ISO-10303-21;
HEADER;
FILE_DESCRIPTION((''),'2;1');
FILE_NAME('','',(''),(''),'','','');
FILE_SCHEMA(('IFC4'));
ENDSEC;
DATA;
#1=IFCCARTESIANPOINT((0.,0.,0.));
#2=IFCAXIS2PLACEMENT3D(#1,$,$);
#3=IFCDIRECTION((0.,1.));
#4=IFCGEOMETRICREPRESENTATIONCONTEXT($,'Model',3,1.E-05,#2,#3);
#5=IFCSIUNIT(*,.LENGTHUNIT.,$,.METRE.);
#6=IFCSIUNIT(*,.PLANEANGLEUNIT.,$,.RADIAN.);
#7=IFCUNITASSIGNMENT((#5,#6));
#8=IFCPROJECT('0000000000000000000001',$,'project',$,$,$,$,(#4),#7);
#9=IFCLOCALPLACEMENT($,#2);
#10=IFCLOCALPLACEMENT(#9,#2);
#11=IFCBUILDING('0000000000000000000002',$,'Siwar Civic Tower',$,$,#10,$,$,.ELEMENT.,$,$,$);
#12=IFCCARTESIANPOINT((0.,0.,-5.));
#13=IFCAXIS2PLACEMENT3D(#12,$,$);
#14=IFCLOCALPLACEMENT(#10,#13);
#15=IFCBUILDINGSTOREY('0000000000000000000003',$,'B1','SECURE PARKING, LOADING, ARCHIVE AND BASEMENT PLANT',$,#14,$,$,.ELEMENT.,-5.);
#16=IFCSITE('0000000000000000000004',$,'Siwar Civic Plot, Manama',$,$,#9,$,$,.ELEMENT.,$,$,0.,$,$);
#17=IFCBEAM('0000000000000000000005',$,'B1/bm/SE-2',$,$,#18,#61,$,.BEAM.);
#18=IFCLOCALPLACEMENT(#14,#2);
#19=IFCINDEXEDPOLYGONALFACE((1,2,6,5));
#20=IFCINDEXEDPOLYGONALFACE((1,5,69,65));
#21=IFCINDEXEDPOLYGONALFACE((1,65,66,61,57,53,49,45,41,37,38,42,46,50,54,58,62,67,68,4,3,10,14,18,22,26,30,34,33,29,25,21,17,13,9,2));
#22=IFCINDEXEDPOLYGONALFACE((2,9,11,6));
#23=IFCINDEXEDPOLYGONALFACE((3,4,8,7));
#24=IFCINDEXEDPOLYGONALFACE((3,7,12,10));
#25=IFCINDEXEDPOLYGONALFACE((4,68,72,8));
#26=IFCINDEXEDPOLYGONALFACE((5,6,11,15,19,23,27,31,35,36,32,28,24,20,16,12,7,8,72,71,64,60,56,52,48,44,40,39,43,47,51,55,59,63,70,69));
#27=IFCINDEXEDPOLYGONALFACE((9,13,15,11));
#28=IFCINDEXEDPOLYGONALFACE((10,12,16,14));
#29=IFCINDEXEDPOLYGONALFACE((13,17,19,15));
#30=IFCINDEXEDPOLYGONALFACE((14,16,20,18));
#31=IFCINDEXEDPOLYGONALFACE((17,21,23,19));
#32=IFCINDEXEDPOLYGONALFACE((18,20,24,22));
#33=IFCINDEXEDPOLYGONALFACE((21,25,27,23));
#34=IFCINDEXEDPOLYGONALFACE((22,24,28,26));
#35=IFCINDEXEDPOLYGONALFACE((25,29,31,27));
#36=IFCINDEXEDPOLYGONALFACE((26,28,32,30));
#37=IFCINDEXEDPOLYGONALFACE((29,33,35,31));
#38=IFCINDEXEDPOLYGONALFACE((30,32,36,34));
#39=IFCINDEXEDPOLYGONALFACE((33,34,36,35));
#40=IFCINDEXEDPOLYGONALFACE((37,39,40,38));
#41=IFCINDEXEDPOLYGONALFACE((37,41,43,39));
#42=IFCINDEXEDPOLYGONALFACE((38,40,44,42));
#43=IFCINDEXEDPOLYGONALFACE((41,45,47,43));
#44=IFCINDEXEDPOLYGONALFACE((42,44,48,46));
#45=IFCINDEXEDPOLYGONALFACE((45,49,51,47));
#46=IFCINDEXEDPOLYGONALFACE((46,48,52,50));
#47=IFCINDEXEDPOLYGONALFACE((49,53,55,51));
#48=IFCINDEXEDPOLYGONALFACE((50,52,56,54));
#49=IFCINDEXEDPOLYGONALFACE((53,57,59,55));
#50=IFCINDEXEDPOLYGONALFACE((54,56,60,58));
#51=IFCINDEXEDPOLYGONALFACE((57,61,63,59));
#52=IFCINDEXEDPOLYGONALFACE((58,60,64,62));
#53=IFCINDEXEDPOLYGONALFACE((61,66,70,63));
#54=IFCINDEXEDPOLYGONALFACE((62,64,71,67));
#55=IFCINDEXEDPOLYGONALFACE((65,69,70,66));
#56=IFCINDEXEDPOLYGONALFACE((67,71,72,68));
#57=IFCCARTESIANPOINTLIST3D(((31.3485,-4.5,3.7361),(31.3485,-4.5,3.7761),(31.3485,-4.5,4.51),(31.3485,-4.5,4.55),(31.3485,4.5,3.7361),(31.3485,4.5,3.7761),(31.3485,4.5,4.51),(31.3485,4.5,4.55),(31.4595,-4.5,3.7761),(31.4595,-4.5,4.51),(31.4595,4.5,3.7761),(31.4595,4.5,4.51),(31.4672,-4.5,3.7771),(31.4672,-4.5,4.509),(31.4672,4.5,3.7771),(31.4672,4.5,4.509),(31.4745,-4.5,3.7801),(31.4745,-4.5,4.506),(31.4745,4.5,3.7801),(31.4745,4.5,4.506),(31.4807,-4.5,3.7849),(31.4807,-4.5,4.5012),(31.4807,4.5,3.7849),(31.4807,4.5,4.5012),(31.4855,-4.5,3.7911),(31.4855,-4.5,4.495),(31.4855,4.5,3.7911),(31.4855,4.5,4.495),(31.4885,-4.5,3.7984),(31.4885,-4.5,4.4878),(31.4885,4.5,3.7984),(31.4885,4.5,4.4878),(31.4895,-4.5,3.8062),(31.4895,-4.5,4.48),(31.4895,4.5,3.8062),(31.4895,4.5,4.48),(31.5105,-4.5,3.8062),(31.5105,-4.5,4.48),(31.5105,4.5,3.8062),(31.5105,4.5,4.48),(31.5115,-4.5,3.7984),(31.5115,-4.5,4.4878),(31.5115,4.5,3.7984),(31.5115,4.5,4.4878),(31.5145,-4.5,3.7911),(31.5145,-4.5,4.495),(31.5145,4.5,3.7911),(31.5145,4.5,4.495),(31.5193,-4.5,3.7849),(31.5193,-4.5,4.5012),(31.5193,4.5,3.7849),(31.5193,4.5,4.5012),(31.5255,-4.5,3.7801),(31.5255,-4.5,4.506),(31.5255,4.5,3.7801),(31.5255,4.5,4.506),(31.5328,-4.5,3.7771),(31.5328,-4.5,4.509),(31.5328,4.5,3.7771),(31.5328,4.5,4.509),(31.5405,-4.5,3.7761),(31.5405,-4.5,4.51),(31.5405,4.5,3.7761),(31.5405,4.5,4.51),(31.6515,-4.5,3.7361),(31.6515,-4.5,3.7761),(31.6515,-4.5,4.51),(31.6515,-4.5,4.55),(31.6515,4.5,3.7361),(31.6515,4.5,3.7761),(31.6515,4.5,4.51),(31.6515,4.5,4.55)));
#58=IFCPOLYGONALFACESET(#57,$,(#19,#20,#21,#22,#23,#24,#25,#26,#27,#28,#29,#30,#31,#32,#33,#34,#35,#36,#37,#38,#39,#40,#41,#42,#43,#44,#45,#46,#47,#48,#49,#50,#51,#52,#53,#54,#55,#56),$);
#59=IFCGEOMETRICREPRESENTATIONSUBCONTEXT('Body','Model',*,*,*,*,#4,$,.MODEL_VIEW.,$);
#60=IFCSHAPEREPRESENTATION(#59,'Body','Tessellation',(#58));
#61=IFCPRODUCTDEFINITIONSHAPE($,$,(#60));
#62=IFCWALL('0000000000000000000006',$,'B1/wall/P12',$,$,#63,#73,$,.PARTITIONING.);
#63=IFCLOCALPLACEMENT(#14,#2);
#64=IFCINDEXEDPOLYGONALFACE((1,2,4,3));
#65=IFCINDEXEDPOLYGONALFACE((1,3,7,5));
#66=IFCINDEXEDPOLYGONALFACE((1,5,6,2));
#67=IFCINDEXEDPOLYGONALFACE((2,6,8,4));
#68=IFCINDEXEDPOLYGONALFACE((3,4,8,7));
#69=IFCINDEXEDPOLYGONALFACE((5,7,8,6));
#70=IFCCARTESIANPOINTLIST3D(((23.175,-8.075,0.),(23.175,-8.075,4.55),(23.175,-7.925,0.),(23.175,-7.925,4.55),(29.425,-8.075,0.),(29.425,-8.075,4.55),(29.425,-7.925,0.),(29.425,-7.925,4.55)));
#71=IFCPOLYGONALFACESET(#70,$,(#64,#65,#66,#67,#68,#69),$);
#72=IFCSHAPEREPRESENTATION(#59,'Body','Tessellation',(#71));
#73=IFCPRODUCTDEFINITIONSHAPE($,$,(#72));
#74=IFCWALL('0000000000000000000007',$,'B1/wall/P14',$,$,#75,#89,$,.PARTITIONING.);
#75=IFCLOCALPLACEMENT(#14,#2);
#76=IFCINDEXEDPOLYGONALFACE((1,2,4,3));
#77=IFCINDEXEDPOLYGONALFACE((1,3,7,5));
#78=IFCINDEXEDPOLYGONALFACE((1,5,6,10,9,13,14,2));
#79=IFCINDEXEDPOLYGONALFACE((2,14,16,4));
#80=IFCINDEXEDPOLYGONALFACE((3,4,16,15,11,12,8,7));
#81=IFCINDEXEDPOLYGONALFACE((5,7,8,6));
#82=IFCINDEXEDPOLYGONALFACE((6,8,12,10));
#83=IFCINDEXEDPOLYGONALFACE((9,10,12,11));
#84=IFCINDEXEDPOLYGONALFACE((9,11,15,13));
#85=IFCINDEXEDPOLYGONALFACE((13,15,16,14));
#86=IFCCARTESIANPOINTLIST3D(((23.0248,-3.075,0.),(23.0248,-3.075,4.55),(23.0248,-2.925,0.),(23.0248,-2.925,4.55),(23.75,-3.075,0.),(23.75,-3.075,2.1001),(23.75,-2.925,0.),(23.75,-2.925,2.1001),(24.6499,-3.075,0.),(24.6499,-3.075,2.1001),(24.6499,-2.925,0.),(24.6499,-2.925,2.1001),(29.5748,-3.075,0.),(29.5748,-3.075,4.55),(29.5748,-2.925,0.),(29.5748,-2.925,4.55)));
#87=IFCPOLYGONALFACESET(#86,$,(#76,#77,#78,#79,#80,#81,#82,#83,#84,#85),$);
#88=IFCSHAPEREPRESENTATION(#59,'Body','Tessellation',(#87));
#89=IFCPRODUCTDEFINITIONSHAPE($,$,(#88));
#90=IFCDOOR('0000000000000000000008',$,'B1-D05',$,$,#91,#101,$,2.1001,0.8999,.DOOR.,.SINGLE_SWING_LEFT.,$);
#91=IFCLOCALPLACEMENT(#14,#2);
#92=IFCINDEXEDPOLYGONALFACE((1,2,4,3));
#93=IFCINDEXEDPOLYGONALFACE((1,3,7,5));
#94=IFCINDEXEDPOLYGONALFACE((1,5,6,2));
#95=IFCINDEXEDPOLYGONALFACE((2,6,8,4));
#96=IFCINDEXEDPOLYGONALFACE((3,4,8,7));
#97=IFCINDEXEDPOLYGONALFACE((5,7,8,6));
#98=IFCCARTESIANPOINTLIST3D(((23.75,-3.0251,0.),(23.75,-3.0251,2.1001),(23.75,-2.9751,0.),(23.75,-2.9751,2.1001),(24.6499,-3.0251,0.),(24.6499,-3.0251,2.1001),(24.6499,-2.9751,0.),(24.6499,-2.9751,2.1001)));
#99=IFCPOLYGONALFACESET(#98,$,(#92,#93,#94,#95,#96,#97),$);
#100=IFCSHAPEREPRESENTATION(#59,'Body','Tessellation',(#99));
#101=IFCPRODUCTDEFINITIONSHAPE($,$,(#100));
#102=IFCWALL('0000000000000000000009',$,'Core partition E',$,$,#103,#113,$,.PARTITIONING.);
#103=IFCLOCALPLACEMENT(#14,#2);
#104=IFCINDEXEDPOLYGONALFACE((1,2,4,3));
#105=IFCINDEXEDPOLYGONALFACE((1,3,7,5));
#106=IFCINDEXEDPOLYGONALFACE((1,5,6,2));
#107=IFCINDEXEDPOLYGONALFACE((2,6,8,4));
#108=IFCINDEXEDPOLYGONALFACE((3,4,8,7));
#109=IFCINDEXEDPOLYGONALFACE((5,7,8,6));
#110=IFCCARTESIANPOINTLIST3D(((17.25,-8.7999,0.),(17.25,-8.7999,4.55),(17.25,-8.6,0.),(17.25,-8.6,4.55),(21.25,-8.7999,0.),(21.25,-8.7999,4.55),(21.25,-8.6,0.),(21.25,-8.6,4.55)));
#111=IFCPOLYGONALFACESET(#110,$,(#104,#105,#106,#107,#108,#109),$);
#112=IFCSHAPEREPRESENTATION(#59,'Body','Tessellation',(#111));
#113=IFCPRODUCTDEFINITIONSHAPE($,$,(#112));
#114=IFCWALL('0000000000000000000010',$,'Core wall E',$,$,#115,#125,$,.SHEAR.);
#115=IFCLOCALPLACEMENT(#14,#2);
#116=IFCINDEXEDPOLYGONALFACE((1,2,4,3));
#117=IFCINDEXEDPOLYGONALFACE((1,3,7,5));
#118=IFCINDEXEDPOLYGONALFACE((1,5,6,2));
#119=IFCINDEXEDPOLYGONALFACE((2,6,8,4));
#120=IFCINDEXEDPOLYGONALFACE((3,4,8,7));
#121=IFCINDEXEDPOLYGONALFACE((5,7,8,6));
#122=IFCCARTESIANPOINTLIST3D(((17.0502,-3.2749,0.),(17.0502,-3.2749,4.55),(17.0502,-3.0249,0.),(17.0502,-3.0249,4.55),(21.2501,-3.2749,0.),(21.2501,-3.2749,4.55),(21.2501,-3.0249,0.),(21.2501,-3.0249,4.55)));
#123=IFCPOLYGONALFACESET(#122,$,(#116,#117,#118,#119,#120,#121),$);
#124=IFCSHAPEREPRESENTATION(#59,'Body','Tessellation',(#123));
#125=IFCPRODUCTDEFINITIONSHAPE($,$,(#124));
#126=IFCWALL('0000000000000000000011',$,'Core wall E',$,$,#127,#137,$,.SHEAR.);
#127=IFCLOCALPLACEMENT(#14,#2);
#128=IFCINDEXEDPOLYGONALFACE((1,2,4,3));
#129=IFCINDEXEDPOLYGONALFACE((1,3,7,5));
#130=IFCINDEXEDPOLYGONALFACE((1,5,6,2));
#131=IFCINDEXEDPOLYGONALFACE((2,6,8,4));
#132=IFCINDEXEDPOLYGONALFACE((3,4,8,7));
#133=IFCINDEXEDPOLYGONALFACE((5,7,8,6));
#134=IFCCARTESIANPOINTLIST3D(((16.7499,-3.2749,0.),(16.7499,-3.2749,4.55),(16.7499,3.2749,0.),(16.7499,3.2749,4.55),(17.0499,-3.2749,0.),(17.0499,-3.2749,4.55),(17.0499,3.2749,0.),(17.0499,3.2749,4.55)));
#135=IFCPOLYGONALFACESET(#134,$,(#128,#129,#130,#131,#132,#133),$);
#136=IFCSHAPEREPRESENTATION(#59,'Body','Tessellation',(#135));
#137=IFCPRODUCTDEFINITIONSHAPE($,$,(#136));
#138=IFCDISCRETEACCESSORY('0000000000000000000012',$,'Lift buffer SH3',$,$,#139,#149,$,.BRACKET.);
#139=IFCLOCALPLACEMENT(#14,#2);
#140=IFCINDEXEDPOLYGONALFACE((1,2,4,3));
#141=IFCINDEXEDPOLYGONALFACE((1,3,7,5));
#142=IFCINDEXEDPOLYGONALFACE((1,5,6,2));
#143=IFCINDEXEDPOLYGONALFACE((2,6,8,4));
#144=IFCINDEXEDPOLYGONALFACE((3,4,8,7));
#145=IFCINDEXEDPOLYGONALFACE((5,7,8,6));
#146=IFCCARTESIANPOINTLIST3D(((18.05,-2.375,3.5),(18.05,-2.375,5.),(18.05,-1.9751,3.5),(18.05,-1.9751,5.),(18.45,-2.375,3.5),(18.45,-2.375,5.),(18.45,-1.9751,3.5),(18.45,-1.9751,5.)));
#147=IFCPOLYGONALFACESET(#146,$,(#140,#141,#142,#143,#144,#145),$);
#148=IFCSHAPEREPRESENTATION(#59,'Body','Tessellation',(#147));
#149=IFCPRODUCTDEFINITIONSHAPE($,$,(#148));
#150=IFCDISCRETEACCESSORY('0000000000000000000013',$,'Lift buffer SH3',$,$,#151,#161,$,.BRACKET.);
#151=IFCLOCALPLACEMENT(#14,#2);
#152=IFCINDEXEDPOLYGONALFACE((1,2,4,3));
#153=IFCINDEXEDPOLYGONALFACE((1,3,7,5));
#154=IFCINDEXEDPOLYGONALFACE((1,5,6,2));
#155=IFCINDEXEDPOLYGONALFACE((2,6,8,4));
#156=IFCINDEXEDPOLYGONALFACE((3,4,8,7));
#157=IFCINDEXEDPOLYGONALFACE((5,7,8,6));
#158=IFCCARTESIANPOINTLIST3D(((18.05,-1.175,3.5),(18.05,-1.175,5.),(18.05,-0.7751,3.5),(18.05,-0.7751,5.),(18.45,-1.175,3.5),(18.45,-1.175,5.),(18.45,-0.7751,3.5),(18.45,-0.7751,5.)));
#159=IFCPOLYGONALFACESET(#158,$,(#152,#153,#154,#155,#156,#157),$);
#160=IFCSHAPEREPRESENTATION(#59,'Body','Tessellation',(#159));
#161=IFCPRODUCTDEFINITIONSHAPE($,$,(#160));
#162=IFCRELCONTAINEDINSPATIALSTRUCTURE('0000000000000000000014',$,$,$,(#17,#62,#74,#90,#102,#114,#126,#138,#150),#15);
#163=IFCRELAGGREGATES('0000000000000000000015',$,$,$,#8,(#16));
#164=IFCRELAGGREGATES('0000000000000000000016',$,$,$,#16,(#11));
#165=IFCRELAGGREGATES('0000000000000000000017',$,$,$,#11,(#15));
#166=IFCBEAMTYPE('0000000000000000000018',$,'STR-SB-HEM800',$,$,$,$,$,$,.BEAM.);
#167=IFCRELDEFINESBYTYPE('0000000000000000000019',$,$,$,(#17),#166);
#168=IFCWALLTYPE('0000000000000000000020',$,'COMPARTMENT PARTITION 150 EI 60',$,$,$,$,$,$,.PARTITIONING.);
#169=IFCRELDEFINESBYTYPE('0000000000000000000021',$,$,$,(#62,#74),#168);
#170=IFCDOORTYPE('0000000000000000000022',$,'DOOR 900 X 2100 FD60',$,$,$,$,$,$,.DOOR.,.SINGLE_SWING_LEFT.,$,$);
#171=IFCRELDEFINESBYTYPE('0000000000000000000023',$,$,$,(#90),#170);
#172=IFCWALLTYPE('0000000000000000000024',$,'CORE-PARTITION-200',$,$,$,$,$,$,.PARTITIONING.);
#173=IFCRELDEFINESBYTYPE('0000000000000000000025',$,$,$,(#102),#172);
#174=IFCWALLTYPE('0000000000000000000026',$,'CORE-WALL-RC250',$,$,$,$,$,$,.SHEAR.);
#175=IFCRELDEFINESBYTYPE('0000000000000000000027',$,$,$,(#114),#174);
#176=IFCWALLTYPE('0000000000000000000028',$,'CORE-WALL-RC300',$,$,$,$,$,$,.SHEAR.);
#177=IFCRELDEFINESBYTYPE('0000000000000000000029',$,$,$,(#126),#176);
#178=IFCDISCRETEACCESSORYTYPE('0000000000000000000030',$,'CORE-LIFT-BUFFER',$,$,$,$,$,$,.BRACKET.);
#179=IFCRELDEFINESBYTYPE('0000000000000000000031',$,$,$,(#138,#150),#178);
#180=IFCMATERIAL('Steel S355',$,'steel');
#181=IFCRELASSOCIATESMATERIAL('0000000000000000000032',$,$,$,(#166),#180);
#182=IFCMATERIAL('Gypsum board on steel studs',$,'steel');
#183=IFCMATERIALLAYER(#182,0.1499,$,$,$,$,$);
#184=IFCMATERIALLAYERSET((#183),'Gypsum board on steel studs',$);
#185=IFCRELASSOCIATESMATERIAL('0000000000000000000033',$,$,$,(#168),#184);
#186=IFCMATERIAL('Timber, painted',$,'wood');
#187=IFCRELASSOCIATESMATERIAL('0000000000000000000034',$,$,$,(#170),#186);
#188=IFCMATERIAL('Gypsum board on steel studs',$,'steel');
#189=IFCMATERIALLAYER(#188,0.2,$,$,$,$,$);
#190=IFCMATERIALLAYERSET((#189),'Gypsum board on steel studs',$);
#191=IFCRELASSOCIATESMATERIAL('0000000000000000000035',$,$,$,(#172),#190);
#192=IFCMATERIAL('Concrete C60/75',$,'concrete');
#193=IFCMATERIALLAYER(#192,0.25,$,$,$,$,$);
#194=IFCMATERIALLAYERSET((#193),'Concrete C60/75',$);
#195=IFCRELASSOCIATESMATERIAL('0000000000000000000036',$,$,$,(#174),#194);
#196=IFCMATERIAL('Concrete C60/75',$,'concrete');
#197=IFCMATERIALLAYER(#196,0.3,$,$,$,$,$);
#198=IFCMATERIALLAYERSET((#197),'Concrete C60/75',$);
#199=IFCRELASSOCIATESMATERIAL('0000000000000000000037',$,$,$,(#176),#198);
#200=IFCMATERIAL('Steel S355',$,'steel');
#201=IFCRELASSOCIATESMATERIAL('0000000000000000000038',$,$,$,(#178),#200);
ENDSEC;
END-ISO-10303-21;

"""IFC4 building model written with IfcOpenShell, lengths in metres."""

from ifc_helpers import new_model, si_unit, direction, frame, frame_2d, origin, origin_2d, place, context, subcontext, project, spatial, rectangle, i_section, extrude, material, layer, layer_set, material_profile, profile_set, type_object, element, fill, save


model = new_model("IFC4")

# Units and contexts
model_context = context("Model", 3, precision=1e-05, world=origin(), true_north=direction((0.0, 1.0)))
body_context = subcontext(model_context, "Body", "Model", "MODEL_VIEW")
ifc_project = project(units=[si_unit("LENGTHUNIT", "METRE"), si_unit("PLANEANGLEUNIT", "RADIAN")], contexts=[model_context])

# Site, building, storey
site_placement = place(None, origin())
site = spatial("IfcSite", under=ifc_project, at=site_placement, Name="Siwar Civic Plot, Manama", CompositionType="ELEMENT", RefElevation=0.0)
building_placement = place(site_placement, origin())
building = spatial("IfcBuilding", under=site, at=building_placement, Name="Siwar Civic Tower", CompositionType="ELEMENT")
storey_placement = place(building_placement, frame((0.0, 0.0, -5.0)))
storey = spatial("IfcBuildingStorey", under=building, at=storey_placement, Name="B1", Description="SECURE PARKING, LOADING, ARCHIVE AND BASEMENT PLANT", CompositionType="ELEMENT", Elevation=-5.0)

# Beam
ifc_material_1 = material(Name="Steel S355", Category="steel")
ifc_material_profile_1 = material_profile(ifc_material_1, i_section(OverallWidth=0.303, OverallDepth=0.814, WebThickness=0.021, FlangeThickness=0.04, FilletRadius=0.03, at=origin_2d()), Name="HEM800")
ifc_profile_set_1 = profile_set([ifc_material_profile_1], Name="Steel S355")
beam_type_1 = type_object("IfcBeamType", Name="STR-SB-HEM800", PredefinedType="BEAM", material=ifc_profile_set_1)
beam_1_placement = place(storey_placement, frame((31.5, -4.5, 4.1431), z_axis=(0.0, 1.0, 0.0), x_axis=(-1.0, 0.0, 0.0)))
element("IfcBeam", 1, at=beam_1_placement, inside=storey, type_object=beam_type_1, Name="B1/bm/SE-2", PredefinedType="BEAM", context=body_context, shape_type="SweptSolid", body=[
    extrude(i_section(OverallWidth=0.303, OverallDepth=0.814, WebThickness=0.021, FlangeThickness=0.04, FilletRadius=0.03, at=origin_2d()), origin(), (0.0, 0.0, 1.0), 9.0),
])

# Wall
ifc_material_2 = material(Name="Gypsum board on steel studs", Category="steel")
ifc_layer_1 = layer(ifc_material_2, 0.1499)
ifc_layer_set_1 = layer_set([ifc_layer_1], Name="Gypsum board on steel studs")
wall_type_1 = type_object("IfcWallType", Name="COMPARTMENT PARTITION 150 EI 60", PredefinedType="PARTITIONING", material=ifc_layer_set_1)
wall_1_placement = place(storey_placement, frame((23.175, -8.0, 0.0), z_axis=(0.0, 0.0, 1.0), x_axis=(1.0, 0.0, 0.0)))
element("IfcWall", 2, at=wall_1_placement, inside=storey, type_object=wall_type_1, Name="B1/wall/P12", PredefinedType="PARTITIONING", context=body_context, shape_type="SweptSolid", body=[
    extrude(rectangle(XDim=6.25, YDim=0.1499, at=frame_2d((3.125, 0.0))), origin(), (0.0, 0.0, 1.0), 4.55),
])

# Wall, opening, door
wall_2_placement = place(storey_placement, frame((23.0249, -3.0, 0.0), z_axis=(0.0, 0.0, 1.0), x_axis=(1.0, 0.0, 0.0)))
wall_2 = element("IfcWall", 3, at=wall_2_placement, inside=storey, type_object=wall_type_1, Name="B1/wall/P14", PredefinedType="PARTITIONING", context=body_context, shape_type="SweptSolid", body=[
    extrude(rectangle(XDim=6.55, YDim=0.1499, at=frame_2d((3.2749, 0.0))), origin(), (0.0, 0.0, 1.0), 4.55),
])
opening_placement = place(wall_2_placement, frame((0.7251, 0.0, 0.0)))
opening = element("IfcOpeningElement", 4, at=opening_placement, cuts=wall_2, PredefinedType="OPENING", context=body_context, shape_type="SweptSolid", body=[
    extrude(rectangle(XDim=0.8999, YDim=2.1001, at=frame_2d((0.45, 1.05))), frame((0.0, 0.085, 0.0), z_axis=(0.0, -1.0, 0.0), x_axis=(1.0, 0.0, 0.0)), (0.0, 0.0, 1.0), 0.1699),
])
ifc_material_3 = material(Name="Timber, painted", Category="wood")
door_type = type_object("IfcDoorType", Name="DOOR 900 X 2100 FD60", OperationType="SINGLE_SWING_LEFT", PredefinedType="DOOR", material=ifc_material_3)
door_placement = place(opening_placement, origin())
door = element("IfcDoor", 5, at=door_placement, inside=storey, type_object=door_type, Name="B1-D05", OperationType="SINGLE_SWING_LEFT", OverallHeight=2.1001, OverallWidth=0.8999, PredefinedType="DOOR", context=body_context, shape_type="SweptSolid", body=[
    extrude(rectangle(XDim=0.8999, YDim=2.1001, at=frame_2d((0.45, 1.05))), frame((0.0, 0.0249, 0.0), z_axis=(0.0, -1.0, 0.0), x_axis=(1.0, 0.0, 0.0)), (0.0, 0.0, 1.0), 0.05),
])
fill(opening, door)

# Walls
ifc_material_4 = material(Name="Gypsum board on steel studs", Category="steel")
ifc_layer_2 = layer(ifc_material_4, 0.2)
ifc_layer_set_2 = layer_set([ifc_layer_2], Name="Gypsum board on steel studs")
wall_type_2 = type_object("IfcWallType", Name="CORE-PARTITION-200", PredefinedType="PARTITIONING", material=ifc_layer_set_2)
wall_3_placement = place(storey_placement, frame((17.25, -8.7, 0.0), z_axis=(0.0, 0.0, 1.0), x_axis=(1.0, 0.0, 0.0)))
element("IfcWall", 6, at=wall_3_placement, inside=storey, type_object=wall_type_2, Name="Core partition E", PredefinedType="PARTITIONING", context=body_context, shape_type="SweptSolid", body=[
    extrude(rectangle(XDim=4.0, YDim=0.2, at=frame_2d((2.0, 0.0))), origin(), (0.0, 0.0, 1.0), 4.55),
])
ifc_material_5 = material(Name="Concrete C60/75", Category="concrete")
ifc_layer_3 = layer(ifc_material_5, 0.25)
ifc_layer_set_3 = layer_set([ifc_layer_3], Name="Concrete C60/75")
wall_type_3 = type_object("IfcWallType", Name="CORE-WALL-RC250", PredefinedType="SHEAR", material=ifc_layer_set_3)
wall_4_placement = place(storey_placement, frame((17.05, -3.1499, 0.0), z_axis=(0.0, 0.0, 1.0), x_axis=(1.0, 0.0, 0.0)))
element("IfcWall", 7, at=wall_4_placement, inside=storey, type_object=wall_type_3, Name="Core wall E", PredefinedType="SHEAR", context=body_context, shape_type="SweptSolid", body=[
    extrude(rectangle(XDim=4.2, YDim=0.25, at=frame_2d((2.1001, 0.0))), origin(), (0.0, 0.0, 1.0), 4.55),
])
ifc_material_6 = material(Name="Concrete C60/75", Category="concrete")
ifc_layer_4 = layer(ifc_material_6, 0.3)
ifc_layer_set_4 = layer_set([ifc_layer_4], Name="Concrete C60/75")
wall_type_4 = type_object("IfcWallType", Name="CORE-WALL-RC300", PredefinedType="SHEAR", material=ifc_layer_set_4)
wall_5_placement = place(storey_placement, frame((16.8999, -3.2749, 0.0), z_axis=(0.0, 0.0, 1.0), x_axis=(0.0, 1.0, 0.0)))
element("IfcWall", 8, at=wall_5_placement, inside=storey, type_object=wall_type_4, Name="Core wall E", PredefinedType="SHEAR", context=body_context, shape_type="SweptSolid", body=[
    extrude(rectangle(XDim=6.5498, YDim=0.3, at=frame_2d((3.2749, 0.0))), origin(), (0.0, 0.0, 1.0), 4.55),
])

# Discrete accessories
ifc_material_7 = material(Name="Steel S355", Category="steel")
discrete_accessory_type = type_object("IfcDiscreteAccessoryType", Name="CORE-LIFT-BUFFER", PredefinedType="BRACKET", material=ifc_material_7)
for number, where, z_axis, x_axis, name in (
    (9, (18.25, -2.175, 3.5), (0.0, 0.0, 1.0), (1.0, 0.0, 0.0), "Lift buffer SH3"),
    (10, (18.25, -0.9751, 3.5), (0.0, 0.0, 1.0), (1.0, 0.0, 0.0), "Lift buffer SH3"),
):
    element("IfcDiscreteAccessory", number, at=place(storey_placement, frame(where, z_axis=z_axis, x_axis=x_axis)), inside=storey, type_object=discrete_accessory_type, Name=name, PredefinedType="BRACKET", context=body_context, shape_type="SweptSolid", body=[
        extrude(rectangle(XDim=0.3999, YDim=0.3999, at=origin_2d()), origin(), (0.0, 0.0, 1.0), 1.5),
    ])

save(model, "model.ifc")
